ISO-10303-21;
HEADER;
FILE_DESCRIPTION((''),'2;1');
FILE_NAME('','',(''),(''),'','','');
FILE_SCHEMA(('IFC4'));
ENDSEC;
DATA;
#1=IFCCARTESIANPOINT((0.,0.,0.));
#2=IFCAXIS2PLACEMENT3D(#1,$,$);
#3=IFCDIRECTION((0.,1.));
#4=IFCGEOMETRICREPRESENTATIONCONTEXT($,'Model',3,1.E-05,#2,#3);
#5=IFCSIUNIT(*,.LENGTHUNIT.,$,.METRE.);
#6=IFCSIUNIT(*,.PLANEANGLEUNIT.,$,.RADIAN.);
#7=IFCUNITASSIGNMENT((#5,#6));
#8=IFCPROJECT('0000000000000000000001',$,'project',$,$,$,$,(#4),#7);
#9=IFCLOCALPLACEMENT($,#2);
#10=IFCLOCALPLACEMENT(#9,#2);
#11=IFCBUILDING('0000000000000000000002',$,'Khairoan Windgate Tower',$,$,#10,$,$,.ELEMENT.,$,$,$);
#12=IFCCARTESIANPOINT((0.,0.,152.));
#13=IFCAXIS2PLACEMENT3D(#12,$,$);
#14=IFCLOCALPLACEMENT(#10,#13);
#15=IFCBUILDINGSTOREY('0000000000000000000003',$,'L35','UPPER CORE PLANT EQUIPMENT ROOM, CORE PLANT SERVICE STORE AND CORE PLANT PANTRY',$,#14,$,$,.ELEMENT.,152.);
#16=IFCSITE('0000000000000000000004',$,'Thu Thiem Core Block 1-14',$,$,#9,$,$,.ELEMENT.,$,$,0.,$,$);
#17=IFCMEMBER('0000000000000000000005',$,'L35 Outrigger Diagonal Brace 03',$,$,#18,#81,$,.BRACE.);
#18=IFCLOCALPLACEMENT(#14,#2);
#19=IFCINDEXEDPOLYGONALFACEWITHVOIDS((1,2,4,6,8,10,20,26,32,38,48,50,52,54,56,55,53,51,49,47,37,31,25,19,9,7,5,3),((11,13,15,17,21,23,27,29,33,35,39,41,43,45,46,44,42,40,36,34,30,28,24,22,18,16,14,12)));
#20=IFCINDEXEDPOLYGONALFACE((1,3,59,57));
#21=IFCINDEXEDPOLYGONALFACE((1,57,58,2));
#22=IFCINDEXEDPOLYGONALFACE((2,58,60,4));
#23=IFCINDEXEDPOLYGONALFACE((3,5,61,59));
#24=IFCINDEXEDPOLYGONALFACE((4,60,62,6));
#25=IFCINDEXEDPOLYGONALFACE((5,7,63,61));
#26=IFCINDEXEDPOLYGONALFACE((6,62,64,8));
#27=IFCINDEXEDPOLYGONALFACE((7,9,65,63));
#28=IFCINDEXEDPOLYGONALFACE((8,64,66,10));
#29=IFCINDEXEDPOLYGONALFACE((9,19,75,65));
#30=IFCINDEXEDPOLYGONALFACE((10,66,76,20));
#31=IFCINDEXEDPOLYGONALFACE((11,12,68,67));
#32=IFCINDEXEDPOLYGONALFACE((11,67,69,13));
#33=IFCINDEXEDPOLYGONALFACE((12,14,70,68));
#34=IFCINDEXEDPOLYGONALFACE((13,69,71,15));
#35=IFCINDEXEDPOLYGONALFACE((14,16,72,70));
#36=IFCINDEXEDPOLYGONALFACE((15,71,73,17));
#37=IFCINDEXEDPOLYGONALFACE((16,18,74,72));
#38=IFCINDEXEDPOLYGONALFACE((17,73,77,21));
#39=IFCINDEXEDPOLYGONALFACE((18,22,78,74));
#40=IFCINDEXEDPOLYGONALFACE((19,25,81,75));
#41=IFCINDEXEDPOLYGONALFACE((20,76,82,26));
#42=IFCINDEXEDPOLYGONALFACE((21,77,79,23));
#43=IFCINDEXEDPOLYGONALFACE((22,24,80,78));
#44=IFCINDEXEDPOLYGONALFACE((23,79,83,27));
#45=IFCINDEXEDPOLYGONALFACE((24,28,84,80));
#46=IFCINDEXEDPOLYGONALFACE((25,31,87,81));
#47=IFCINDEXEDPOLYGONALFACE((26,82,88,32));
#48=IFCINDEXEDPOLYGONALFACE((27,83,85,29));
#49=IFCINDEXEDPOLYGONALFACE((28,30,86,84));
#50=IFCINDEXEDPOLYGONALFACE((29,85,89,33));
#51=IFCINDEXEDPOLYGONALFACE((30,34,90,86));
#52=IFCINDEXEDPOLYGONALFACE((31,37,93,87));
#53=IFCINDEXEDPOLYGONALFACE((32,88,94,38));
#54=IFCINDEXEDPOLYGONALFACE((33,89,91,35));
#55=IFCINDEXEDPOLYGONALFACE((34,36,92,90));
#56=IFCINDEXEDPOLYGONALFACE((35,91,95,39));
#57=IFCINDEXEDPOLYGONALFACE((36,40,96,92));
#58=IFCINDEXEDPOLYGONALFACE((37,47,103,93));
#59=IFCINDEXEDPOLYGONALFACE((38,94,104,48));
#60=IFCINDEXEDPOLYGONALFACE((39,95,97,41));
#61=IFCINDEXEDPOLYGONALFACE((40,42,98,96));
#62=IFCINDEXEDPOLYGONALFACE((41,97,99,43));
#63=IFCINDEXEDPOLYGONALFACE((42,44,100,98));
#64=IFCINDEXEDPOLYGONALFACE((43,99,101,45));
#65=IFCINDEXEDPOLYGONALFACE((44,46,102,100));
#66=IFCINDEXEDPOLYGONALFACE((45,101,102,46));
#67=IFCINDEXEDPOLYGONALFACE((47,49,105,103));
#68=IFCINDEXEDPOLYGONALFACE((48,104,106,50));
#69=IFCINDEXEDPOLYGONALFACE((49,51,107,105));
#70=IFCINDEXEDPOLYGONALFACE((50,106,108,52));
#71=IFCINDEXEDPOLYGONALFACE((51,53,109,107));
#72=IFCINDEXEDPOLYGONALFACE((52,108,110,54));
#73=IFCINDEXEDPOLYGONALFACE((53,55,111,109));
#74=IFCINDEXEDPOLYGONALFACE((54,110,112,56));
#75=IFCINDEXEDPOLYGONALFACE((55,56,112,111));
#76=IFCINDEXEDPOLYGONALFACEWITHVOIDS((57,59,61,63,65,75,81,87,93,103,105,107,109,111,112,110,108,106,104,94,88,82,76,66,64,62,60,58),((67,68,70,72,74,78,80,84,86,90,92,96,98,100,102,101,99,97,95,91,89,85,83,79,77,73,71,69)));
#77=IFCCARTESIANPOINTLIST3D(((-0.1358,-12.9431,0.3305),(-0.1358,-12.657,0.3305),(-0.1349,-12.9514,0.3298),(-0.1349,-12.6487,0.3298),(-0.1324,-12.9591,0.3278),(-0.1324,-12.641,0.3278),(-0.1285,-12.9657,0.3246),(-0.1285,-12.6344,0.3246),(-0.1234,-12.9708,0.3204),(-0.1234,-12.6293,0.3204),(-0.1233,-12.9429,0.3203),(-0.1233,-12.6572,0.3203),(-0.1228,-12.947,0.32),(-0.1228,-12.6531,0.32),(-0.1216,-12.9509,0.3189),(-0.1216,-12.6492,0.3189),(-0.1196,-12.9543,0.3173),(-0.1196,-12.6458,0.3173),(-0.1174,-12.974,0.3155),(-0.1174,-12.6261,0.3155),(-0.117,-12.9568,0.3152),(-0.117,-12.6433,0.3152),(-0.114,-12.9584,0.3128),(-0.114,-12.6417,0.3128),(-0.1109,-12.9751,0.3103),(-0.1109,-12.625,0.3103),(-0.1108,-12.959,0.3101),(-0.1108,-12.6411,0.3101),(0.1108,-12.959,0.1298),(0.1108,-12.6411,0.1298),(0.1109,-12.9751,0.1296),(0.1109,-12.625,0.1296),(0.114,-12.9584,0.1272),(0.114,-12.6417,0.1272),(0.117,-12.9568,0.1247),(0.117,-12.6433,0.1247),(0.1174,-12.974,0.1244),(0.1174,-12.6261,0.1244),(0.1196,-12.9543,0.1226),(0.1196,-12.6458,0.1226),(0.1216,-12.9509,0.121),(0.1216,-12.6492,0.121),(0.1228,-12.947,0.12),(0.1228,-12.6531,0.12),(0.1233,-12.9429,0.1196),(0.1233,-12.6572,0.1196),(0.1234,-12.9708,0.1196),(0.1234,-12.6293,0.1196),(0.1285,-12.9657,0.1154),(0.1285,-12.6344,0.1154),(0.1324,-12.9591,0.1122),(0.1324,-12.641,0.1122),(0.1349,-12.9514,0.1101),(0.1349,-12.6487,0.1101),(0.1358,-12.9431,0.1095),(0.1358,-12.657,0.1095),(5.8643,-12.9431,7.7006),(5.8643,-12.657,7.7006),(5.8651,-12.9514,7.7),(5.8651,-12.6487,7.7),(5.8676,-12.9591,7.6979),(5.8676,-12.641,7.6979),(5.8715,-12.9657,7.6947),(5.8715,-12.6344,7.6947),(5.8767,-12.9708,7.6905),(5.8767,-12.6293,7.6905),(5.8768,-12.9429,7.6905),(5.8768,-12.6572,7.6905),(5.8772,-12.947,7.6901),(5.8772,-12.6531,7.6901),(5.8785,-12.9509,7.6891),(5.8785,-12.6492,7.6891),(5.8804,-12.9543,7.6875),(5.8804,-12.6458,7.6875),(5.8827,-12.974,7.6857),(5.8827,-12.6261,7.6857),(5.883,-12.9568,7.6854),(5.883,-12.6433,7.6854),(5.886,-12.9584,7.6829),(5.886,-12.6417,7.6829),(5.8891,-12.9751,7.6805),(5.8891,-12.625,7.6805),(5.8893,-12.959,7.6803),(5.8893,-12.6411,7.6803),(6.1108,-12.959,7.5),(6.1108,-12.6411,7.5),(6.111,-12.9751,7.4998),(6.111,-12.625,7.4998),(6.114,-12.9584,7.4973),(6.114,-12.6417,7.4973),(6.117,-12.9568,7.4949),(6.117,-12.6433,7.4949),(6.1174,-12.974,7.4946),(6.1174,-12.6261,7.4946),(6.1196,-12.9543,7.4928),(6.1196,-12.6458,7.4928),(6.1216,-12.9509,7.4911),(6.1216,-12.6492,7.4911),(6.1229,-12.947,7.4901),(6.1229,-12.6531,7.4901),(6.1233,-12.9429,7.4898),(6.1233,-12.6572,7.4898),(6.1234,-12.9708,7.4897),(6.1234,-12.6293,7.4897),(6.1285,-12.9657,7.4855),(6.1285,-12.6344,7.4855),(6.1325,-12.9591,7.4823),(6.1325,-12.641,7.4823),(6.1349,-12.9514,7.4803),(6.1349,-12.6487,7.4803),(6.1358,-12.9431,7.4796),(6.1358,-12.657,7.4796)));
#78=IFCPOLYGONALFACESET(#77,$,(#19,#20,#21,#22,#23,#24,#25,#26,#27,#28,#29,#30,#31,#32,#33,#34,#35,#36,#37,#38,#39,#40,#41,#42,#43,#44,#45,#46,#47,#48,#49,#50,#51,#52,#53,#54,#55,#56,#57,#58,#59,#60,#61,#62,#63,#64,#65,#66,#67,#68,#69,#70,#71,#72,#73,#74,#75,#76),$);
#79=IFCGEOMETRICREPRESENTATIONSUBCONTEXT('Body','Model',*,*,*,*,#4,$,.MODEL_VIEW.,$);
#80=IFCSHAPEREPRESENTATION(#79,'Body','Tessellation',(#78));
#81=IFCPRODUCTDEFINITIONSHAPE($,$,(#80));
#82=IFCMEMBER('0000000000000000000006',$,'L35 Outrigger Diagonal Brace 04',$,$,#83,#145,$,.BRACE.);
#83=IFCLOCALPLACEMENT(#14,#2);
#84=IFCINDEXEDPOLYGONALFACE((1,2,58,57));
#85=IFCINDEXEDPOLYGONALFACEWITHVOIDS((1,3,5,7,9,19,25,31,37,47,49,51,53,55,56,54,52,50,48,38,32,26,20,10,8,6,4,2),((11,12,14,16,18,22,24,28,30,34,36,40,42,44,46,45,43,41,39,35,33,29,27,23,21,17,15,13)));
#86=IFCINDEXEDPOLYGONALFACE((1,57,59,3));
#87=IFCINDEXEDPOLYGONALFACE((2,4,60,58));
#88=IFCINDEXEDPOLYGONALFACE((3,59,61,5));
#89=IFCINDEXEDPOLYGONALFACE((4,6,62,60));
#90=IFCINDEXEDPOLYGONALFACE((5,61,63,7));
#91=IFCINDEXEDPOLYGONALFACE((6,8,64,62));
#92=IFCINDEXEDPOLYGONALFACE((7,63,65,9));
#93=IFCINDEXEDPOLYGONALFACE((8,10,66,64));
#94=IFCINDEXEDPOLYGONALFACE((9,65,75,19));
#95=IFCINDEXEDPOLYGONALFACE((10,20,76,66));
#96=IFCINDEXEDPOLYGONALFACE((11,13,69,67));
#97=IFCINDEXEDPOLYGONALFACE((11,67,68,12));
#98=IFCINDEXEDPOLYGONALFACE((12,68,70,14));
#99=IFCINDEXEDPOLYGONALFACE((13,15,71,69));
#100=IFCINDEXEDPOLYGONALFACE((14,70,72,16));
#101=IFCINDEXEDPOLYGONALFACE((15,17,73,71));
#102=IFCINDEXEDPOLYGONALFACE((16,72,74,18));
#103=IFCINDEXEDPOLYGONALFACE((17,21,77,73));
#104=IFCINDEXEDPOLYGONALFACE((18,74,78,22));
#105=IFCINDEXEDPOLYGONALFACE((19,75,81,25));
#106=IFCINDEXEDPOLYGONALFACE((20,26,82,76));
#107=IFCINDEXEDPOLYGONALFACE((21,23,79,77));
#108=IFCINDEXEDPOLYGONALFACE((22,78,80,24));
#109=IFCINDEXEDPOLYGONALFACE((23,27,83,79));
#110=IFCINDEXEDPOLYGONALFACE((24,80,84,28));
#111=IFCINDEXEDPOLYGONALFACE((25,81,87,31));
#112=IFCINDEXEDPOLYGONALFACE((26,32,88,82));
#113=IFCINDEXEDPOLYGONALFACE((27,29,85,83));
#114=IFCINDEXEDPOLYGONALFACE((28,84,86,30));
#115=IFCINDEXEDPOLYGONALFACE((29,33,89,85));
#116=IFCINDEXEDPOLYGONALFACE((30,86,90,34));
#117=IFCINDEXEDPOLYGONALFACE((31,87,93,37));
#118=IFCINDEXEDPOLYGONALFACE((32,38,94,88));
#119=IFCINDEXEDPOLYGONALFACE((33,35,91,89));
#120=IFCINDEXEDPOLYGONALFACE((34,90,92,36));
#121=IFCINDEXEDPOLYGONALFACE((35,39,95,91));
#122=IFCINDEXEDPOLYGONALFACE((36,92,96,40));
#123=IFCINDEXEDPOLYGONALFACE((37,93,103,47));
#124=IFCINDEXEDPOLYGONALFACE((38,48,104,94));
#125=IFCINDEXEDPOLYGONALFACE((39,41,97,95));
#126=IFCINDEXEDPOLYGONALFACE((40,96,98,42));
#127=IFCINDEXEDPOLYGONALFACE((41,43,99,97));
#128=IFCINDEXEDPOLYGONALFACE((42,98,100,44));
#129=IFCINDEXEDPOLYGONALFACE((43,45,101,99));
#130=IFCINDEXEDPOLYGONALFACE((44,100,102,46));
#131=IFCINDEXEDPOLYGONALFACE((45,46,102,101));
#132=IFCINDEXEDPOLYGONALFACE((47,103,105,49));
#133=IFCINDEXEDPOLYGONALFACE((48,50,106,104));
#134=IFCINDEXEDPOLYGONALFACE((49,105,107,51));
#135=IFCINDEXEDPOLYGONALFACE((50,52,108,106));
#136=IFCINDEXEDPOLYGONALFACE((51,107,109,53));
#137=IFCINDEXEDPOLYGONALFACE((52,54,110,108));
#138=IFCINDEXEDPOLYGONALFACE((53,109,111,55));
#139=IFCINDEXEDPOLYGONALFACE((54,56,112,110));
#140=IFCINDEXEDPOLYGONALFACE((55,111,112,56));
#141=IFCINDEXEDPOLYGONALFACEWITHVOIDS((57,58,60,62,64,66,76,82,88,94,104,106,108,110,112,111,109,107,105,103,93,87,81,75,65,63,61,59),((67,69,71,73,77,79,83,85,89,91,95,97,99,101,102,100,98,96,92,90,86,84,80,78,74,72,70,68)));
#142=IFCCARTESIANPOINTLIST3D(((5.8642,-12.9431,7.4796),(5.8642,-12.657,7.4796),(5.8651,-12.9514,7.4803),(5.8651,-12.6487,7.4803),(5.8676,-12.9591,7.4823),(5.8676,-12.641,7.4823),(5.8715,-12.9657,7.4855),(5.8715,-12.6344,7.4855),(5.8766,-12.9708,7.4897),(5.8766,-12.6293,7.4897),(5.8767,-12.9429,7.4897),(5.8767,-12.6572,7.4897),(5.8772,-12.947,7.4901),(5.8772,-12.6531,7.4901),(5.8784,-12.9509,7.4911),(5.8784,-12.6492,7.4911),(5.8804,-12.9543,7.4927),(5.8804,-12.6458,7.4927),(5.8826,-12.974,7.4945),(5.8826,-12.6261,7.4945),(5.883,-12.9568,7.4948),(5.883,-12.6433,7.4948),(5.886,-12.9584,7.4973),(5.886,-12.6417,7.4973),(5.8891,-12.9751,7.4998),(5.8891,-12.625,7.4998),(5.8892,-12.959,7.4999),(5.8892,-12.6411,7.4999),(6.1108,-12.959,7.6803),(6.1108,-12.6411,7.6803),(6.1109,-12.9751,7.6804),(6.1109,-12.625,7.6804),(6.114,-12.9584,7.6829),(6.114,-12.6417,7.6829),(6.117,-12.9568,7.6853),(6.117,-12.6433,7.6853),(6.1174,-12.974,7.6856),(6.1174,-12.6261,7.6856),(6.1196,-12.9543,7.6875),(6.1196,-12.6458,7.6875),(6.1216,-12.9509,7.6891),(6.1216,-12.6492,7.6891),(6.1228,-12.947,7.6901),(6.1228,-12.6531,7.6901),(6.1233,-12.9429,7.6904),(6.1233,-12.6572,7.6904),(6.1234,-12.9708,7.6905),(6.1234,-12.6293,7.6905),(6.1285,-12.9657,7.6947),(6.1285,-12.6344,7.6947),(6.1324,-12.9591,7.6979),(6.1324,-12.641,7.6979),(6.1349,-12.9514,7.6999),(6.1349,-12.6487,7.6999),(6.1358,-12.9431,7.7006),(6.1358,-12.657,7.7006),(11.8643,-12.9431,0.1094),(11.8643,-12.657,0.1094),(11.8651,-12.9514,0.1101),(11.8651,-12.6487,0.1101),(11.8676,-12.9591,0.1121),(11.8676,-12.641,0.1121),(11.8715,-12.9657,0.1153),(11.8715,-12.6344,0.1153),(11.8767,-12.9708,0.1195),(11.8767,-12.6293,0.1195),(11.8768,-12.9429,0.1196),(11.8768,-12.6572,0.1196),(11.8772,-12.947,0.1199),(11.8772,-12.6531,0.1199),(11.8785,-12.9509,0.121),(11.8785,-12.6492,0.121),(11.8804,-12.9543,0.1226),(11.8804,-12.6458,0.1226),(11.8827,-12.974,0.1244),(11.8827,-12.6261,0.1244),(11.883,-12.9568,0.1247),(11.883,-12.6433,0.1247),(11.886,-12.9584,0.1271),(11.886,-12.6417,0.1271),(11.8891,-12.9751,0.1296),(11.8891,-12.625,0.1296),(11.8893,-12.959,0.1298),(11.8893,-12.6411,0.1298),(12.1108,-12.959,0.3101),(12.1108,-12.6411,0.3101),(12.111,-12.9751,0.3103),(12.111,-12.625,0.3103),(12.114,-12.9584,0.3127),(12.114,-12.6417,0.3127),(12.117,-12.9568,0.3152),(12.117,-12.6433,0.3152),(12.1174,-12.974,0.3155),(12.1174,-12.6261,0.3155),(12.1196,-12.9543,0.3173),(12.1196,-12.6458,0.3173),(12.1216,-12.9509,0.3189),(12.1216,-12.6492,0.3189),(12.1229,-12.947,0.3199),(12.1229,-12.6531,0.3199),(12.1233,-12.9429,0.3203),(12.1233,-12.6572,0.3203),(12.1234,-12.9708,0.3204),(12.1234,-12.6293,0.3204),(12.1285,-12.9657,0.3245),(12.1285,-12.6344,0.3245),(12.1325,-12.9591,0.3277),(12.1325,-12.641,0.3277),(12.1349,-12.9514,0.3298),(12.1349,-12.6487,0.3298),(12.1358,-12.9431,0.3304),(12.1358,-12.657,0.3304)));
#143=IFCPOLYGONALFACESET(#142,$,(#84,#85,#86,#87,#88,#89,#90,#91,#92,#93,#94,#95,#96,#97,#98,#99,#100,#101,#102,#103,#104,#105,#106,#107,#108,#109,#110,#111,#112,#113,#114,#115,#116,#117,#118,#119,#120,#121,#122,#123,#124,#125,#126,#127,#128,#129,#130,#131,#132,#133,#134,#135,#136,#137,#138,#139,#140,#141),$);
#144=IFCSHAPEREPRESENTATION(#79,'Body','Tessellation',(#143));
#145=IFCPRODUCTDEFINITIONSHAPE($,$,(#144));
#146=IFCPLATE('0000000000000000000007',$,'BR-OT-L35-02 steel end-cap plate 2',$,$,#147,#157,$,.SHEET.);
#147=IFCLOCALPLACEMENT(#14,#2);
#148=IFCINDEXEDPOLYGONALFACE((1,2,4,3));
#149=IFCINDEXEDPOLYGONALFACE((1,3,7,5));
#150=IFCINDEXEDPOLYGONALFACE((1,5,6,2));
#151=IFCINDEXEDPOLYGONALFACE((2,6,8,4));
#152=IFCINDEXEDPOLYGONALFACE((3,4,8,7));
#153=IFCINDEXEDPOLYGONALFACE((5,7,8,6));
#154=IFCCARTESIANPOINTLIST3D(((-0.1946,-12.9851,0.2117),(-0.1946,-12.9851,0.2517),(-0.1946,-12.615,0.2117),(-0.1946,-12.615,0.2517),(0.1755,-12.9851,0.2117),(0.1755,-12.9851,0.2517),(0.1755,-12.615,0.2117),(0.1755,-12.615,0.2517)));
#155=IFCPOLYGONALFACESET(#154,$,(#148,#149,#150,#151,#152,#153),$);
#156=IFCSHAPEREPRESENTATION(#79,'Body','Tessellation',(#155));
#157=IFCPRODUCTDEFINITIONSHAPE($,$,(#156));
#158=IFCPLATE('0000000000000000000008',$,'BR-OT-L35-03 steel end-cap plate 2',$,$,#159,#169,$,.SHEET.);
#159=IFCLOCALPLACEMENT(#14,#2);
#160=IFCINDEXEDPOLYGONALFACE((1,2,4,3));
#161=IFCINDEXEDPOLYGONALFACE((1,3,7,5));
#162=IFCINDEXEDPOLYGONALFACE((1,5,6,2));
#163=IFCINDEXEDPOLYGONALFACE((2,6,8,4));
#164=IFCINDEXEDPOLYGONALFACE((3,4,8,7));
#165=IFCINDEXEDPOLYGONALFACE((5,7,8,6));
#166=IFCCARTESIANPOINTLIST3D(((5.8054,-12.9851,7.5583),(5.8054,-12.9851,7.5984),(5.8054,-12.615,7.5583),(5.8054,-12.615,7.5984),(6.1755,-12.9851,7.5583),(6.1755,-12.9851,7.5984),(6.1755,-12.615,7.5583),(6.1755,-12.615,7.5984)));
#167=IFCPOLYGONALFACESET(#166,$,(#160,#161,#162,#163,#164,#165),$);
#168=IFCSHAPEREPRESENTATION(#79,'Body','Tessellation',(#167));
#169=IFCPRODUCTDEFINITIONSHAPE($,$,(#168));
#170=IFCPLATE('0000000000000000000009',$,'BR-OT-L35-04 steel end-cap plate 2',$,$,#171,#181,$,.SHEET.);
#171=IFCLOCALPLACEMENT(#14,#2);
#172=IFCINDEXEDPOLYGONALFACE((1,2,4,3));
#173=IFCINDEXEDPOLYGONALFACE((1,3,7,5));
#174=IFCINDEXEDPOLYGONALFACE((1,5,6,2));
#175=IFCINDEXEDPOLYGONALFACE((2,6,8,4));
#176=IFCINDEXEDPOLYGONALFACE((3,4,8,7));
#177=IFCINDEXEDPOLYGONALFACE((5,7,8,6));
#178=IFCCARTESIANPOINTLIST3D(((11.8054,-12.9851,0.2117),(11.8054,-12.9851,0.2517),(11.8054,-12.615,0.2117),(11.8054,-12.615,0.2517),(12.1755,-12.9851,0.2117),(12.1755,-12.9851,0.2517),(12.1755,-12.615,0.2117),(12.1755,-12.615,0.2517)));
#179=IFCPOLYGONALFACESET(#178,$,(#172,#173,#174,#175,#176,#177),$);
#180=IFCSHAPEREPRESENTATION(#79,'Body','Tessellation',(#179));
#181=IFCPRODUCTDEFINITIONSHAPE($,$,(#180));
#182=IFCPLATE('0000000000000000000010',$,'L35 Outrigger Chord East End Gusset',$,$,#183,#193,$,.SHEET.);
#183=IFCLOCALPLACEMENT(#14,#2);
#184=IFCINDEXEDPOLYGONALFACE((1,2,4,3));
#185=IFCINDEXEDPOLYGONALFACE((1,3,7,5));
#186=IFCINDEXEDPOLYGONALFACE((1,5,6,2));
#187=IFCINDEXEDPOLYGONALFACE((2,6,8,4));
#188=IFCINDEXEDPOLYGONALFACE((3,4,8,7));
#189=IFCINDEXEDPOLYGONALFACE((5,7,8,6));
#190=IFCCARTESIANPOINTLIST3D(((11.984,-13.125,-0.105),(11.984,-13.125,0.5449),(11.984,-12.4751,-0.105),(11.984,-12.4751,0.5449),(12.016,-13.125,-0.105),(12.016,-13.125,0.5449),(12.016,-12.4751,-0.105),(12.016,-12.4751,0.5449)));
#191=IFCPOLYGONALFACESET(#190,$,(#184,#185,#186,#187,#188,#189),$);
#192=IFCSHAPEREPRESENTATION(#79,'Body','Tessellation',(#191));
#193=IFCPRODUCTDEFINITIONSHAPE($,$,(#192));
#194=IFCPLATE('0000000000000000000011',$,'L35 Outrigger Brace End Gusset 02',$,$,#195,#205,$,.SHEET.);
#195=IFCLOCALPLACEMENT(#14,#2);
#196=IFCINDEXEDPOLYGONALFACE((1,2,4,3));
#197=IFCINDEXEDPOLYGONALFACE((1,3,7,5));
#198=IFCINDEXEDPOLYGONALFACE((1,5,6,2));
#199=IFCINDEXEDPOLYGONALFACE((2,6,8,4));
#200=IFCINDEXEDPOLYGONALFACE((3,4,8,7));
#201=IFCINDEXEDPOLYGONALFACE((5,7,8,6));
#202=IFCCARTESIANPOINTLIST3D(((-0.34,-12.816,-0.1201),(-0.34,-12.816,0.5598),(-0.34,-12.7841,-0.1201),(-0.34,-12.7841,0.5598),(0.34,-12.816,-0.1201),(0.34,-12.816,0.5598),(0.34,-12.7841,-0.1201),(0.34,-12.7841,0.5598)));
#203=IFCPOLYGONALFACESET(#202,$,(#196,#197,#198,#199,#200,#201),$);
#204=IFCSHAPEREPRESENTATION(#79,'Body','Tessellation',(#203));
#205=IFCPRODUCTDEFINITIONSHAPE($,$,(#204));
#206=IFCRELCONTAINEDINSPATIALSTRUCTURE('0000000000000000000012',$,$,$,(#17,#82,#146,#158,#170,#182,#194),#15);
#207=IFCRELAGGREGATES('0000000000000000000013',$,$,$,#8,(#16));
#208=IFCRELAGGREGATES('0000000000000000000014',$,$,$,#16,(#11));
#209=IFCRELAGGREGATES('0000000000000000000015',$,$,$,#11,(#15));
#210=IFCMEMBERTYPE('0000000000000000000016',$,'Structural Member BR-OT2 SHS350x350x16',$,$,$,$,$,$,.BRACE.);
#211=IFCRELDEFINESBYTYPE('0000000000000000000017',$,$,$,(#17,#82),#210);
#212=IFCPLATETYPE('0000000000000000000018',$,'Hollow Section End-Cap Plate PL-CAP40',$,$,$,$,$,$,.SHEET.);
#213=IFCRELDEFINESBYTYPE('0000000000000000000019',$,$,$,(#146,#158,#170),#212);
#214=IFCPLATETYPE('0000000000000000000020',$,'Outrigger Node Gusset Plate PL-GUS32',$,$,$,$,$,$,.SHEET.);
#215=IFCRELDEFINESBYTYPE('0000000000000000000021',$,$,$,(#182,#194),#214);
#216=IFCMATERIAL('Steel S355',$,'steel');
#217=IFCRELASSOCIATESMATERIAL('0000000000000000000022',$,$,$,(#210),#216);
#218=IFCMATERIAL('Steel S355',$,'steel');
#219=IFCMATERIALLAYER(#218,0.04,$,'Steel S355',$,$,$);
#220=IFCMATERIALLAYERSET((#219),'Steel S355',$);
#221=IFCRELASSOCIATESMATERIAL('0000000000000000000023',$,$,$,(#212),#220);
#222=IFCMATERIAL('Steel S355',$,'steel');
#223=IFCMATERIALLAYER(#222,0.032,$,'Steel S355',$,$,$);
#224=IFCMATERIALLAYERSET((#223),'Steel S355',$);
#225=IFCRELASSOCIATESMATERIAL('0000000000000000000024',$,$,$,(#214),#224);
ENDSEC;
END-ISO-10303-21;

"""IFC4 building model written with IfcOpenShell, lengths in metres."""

from ifc_helpers import new_model, si_unit, direction, frame, origin, origin_2d, place, context, subcontext, project, spatial, rectangle, hollow_rectangle, extrude, material, layer, layer_set, material_profile, profile_set, type_object, element, save


model = new_model("IFC4")

# Units and contexts
model_context = context("Model", 3, precision=1e-05, world=origin(), true_north=direction((0.0, 1.0)))
body_context = subcontext(model_context, "Body", "Model", "MODEL_VIEW")
ifc_project = project(units=[si_unit("LENGTHUNIT", "METRE"), si_unit("PLANEANGLEUNIT", "RADIAN")], contexts=[model_context])

# Site, building, storey
site_placement = place(None, origin())
site = spatial("IfcSite", under=ifc_project, at=site_placement, Name="Thu Thiem Core Block 1-14", CompositionType="ELEMENT", RefElevation=0.0)
building_placement = place(site_placement, origin())
building = spatial("IfcBuilding", under=site, at=building_placement, Name="Khairoan Windgate Tower", CompositionType="ELEMENT")
storey_placement = place(building_placement, frame((0.0, 0.0, 152.0)))
storey = spatial("IfcBuildingStorey", under=building, at=storey_placement, Name="L35", Description="UPPER CORE PLANT EQUIPMENT ROOM, CORE PLANT SERVICE STORE AND CORE PLANT PANTRY", CompositionType="ELEMENT", Elevation=152.0)

# Members
ifc_material_1 = material(Name="Steel S355", Category="steel")
ifc_material_profile_1 = material_profile(ifc_material_1, hollow_rectangle(XDim=0.3501, YDim=0.3501, WallThickness=0.0161, InnerFilletRadius=0.0161, OuterFilletRadius=0.032, at=origin_2d()))
ifc_profile_set_1 = profile_set([ifc_material_profile_1], Name="Steel S355")
member_type = type_object("IfcMemberType", Name="Structural Member BR-OT2 SHS350x350x16", PredefinedType="BRACE", material=ifc_profile_set_1)
for number, where, z_axis, x_axis, name in (
    (1, (0.0, -12.8, 0.22), (0.631339, 0.0, 0.775507), (0.0, 1.0, 0.0), "L35 Outrigger Diagonal Brace 03"),
    (2, (6.0, -12.8, 7.5901), (0.631339, 0.0, -0.775507), (0.0, 1.0, 0.0), "L35 Outrigger Diagonal Brace 04"),
):
    element("IfcMember", number, at=place(storey_placement, frame(where, z_axis=z_axis, x_axis=x_axis)), inside=storey, type_object=member_type, Name=name, PredefinedType="BRACE", context=body_context, shape_type="SweptSolid", body=[
        extrude(hollow_rectangle(XDim=0.3501, YDim=0.3501, WallThickness=0.0161, InnerFilletRadius=0.0161, OuterFilletRadius=0.032, at=origin_2d()), origin(), (0.0, 0.0, 1.0), 9.5037),
    ])

# Plates
ifc_material_2 = material(Name="Steel S355", Category="steel")
ifc_layer_1 = layer(ifc_material_2, 0.04, Name="Steel S355")
ifc_layer_set_1 = layer_set([ifc_layer_1], Name="Steel S355")
plate_type_1 = type_object("IfcPlateType", Name="Hollow Section End-Cap Plate PL-CAP40", PredefinedType="SHEET", material=ifc_layer_set_1)
for number, where, z_axis, x_axis, name in (
    (3, (-0.0095, -12.8, 0.2117), (0.0, 0.0, 1.0), (1.0, 0.0, 0.0), "BR-OT-L35-02 steel end-cap plate 2"),
    (4, (5.9905, -12.8, 7.5583), (0.0, 0.0, 1.0), (1.0, 0.0, 0.0), "BR-OT-L35-03 steel end-cap plate 2"),
    (5, (11.9905, -12.8, 0.2117), (0.0, 0.0, 1.0), (1.0, 0.0, 0.0), "BR-OT-L35-04 steel end-cap plate 2"),
):
    element("IfcPlate", number, at=place(storey_placement, frame(where, z_axis=z_axis, x_axis=x_axis)), inside=storey, type_object=plate_type_1, Name=name, PredefinedType="SHEET", context=body_context, shape_type="SweptSolid", body=[
        extrude(rectangle(XDim=0.3701, YDim=0.3701, at=origin_2d()), origin(), (0.0, 0.0, 1.0), 0.04),
    ])
ifc_material_3 = material(Name="Steel S355", Category="steel")
ifc_layer_2 = layer(ifc_material_3, 0.032, Name="Steel S355")
ifc_layer_set_2 = layer_set([ifc_layer_2], Name="Steel S355")
plate_type_2 = type_object("IfcPlateType", Name="Outrigger Node Gusset Plate PL-GUS32", PredefinedType="SHEET", material=ifc_layer_set_2)
plate_1_placement = place(storey_placement, frame((12.0, -12.8, -0.105), z_axis=(0.0, 0.0, 1.0), x_axis=(1.0, 0.0, 0.0)))
element("IfcPlate", 6, at=plate_1_placement, inside=storey, type_object=plate_type_2, Name="L35 Outrigger Chord East End Gusset", PredefinedType="SHEET", context=body_context, shape_type="SweptSolid", body=[
    extrude(rectangle(XDim=0.032, YDim=0.6499, at=origin_2d()), origin(), (0.0, 0.0, 1.0), 0.6499),
])
plate_2_placement = place(storey_placement, frame((0.0, -12.8, -0.1201), z_axis=(0.0, 0.0, 1.0), x_axis=(1.0, 0.0, 0.0)))
element("IfcPlate", 7, at=plate_2_placement, inside=storey, type_object=plate_type_2, Name="L35 Outrigger Brace End Gusset 02", PredefinedType="SHEET", context=body_context, shape_type="SweptSolid", body=[
    extrude(rectangle(XDim=0.6799, YDim=0.032, at=origin_2d()), origin(), (0.0, 0.0, 1.0), 0.6799),
])

save(model, "model.ifc")
